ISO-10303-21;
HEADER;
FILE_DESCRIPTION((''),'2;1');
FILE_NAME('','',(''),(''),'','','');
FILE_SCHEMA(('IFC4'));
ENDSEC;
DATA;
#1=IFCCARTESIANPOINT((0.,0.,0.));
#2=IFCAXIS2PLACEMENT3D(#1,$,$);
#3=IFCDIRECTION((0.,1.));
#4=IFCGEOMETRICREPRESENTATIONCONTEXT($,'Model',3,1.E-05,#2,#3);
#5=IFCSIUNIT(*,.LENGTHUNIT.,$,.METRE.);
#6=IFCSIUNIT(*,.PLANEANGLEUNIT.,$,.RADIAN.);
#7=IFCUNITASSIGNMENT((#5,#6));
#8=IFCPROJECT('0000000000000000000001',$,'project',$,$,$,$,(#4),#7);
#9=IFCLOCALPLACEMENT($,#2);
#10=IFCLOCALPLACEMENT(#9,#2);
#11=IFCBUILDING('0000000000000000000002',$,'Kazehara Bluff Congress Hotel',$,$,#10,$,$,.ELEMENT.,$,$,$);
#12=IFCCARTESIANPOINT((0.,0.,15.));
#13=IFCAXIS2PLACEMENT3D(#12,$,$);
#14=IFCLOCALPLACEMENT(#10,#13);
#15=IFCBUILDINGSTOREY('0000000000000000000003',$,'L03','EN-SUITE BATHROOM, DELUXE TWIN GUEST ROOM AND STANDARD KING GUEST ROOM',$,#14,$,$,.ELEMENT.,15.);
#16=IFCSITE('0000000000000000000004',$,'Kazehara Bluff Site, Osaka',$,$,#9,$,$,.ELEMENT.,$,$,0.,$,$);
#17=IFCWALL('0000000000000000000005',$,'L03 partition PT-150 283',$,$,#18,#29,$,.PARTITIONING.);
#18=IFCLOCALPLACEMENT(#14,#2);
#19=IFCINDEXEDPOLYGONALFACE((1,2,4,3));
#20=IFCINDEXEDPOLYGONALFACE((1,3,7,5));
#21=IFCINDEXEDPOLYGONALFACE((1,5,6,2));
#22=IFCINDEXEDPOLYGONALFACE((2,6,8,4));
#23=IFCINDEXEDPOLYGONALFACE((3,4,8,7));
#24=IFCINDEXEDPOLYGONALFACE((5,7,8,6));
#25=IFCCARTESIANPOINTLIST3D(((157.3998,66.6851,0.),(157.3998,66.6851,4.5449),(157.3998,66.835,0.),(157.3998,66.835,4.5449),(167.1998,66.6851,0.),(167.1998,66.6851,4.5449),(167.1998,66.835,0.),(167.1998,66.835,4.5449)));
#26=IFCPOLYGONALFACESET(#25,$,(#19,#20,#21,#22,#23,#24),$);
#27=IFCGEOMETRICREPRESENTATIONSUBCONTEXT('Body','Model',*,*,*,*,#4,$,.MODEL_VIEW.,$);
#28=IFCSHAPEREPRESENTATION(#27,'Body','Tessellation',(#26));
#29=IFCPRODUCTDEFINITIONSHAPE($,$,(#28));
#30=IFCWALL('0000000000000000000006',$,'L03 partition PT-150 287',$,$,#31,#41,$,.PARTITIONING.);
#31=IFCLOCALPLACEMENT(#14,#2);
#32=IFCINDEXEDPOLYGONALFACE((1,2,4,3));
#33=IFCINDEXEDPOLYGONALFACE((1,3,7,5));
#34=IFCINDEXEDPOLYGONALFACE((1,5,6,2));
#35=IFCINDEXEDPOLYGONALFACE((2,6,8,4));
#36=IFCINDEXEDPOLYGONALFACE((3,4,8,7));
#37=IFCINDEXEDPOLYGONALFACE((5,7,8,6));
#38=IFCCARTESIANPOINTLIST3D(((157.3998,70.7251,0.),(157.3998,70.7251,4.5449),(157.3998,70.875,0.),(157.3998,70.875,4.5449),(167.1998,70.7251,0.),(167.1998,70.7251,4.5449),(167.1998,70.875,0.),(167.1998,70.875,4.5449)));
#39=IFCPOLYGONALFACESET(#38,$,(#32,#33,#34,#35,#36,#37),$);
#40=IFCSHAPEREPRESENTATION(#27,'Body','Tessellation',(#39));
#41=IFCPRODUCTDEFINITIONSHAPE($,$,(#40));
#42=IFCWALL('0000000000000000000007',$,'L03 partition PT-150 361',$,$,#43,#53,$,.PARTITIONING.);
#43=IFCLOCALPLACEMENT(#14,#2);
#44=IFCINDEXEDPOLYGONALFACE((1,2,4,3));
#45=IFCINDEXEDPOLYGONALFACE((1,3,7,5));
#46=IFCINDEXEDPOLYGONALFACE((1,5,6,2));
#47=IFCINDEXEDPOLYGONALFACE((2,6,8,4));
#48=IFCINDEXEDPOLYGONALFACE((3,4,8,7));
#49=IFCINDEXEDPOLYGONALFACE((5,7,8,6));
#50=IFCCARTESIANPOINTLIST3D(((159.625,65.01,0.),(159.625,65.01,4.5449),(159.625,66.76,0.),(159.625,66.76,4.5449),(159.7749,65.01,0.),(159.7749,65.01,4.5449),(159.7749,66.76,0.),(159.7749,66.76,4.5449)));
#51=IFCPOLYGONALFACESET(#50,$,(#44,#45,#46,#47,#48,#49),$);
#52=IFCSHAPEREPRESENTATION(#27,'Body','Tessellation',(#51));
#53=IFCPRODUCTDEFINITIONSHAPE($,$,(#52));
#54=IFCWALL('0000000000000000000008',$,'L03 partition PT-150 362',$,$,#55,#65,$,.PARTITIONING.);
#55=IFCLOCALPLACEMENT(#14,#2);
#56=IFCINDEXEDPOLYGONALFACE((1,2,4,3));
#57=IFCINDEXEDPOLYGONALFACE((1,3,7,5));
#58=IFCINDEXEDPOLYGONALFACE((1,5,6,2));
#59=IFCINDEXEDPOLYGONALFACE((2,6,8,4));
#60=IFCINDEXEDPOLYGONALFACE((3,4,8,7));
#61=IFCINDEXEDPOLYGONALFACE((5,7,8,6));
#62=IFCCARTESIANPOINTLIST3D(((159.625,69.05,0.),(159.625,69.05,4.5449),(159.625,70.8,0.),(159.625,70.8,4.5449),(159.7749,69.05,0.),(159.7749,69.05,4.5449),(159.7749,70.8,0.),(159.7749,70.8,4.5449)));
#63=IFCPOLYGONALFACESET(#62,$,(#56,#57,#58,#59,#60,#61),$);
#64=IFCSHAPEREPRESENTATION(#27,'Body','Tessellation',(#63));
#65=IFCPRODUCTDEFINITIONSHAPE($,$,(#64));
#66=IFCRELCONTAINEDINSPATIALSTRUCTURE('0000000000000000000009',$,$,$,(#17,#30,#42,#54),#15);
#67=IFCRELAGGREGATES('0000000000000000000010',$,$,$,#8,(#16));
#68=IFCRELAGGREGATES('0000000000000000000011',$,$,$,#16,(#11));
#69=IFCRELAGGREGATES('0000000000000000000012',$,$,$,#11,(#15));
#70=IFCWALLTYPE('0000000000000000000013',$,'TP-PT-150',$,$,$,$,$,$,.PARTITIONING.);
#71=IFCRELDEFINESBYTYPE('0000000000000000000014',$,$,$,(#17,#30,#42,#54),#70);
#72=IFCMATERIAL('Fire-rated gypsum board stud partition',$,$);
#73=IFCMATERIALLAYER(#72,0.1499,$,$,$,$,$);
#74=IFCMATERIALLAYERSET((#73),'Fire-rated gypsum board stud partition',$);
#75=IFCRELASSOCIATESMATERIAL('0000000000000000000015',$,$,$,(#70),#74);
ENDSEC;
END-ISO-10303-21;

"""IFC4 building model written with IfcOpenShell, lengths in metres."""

from ifc_helpers import new_model, si_unit, direction, frame, frame_2d, origin, place, context, subcontext, project, spatial, rectangle, extrude, material, layer, layer_set, type_object, element, save


model = new_model("IFC4")

# Units and contexts
model_context = context("Model", 3, precision=1e-05, world=origin(), true_north=direction((0.0, 1.0)))
body_context = subcontext(model_context, "Body", "Model", "MODEL_VIEW")
ifc_project = project(units=[si_unit("LENGTHUNIT", "METRE"), si_unit("PLANEANGLEUNIT", "RADIAN")], contexts=[model_context])

# Site, building, storey
site_placement = place(None, origin())
site = spatial("IfcSite", under=ifc_project, at=site_placement, Name="Kazehara Bluff Site, Osaka", CompositionType="ELEMENT", RefElevation=0.0)
building_placement = place(site_placement, origin())
building = spatial("IfcBuilding", under=site, at=building_placement, Name="Kazehara Bluff Congress Hotel", CompositionType="ELEMENT")
storey_placement = place(building_placement, frame((0.0, 0.0, 15.0)))
storey = spatial("IfcBuildingStorey", under=building, at=storey_placement, Name="L03", Description="EN-SUITE BATHROOM, DELUXE TWIN GUEST ROOM AND STANDARD KING GUEST ROOM", CompositionType="ELEMENT", Elevation=15.0)

# Shared definitions
ifc_material_1 = material(Name="Fire-rated gypsum board stud partition")
ifc_layer_1 = layer(ifc_material_1, 0.1499)
ifc_layer_set_1 = layer_set([ifc_layer_1], Name="Fire-rated gypsum board stud partition")
wall_type_1 = type_object("IfcWallType", Name="TP-PT-150", PredefinedType="PARTITIONING", material=ifc_layer_set_1)

# Wall
wall_1_placement = place(storey_placement, frame((157.3999, 66.76, 0.0), z_axis=(0.0, 0.0, 1.0), x_axis=(1.0, 0.0, 0.0)))
element("IfcWall", 1, at=wall_1_placement, inside=storey, type_object=wall_type_1, Name="L03 partition PT-150 283", PredefinedType="PARTITIONING", context=body_context, shape_type="SweptSolid", body=[
    extrude(rectangle(XDim=9.8, YDim=0.1499, at=frame_2d((4.8999, 0.0))), origin(), (0.0, 0.0, 1.0), 4.5449),
])

# Walls
wall_2_placement = place(storey_placement, frame((157.3999, 70.8, 0.0), z_axis=(0.0, 0.0, 1.0), x_axis=(1.0, 0.0, 0.0)))
element("IfcWall", 2, at=wall_2_placement, inside=storey, type_object=wall_type_1, Name="L03 partition PT-150 287", PredefinedType="PARTITIONING", context=body_context, shape_type="SweptSolid", body=[
    extrude(rectangle(XDim=9.8, YDim=0.1499, at=frame_2d((4.8999, 0.0))), origin(), (0.0, 0.0, 1.0), 4.5449),
])
for number, where, z_axis, x_axis, name in (
    (3, (159.7, 65.01, 0.0), (0.0, 0.0, 1.0), (0.0, 1.0, 0.0), "L03 partition PT-150 361"),
    (4, (159.7, 69.05, 0.0), (0.0, 0.0, 1.0), (0.0, 1.0, 0.0), "L03 partition PT-150 362"),
):
    element("IfcWall", number, at=place(storey_placement, frame(where, z_axis=z_axis, x_axis=x_axis)), inside=storey, type_object=wall_type_1, Name=name, PredefinedType="PARTITIONING", context=body_context, shape_type="SweptSolid", body=[
        extrude(rectangle(XDim=1.75, YDim=0.1499, at=frame_2d((0.875, 0.0))), origin(), (0.0, 0.0, 1.0), 4.5449),
    ])

save(model, "model.ifc")
